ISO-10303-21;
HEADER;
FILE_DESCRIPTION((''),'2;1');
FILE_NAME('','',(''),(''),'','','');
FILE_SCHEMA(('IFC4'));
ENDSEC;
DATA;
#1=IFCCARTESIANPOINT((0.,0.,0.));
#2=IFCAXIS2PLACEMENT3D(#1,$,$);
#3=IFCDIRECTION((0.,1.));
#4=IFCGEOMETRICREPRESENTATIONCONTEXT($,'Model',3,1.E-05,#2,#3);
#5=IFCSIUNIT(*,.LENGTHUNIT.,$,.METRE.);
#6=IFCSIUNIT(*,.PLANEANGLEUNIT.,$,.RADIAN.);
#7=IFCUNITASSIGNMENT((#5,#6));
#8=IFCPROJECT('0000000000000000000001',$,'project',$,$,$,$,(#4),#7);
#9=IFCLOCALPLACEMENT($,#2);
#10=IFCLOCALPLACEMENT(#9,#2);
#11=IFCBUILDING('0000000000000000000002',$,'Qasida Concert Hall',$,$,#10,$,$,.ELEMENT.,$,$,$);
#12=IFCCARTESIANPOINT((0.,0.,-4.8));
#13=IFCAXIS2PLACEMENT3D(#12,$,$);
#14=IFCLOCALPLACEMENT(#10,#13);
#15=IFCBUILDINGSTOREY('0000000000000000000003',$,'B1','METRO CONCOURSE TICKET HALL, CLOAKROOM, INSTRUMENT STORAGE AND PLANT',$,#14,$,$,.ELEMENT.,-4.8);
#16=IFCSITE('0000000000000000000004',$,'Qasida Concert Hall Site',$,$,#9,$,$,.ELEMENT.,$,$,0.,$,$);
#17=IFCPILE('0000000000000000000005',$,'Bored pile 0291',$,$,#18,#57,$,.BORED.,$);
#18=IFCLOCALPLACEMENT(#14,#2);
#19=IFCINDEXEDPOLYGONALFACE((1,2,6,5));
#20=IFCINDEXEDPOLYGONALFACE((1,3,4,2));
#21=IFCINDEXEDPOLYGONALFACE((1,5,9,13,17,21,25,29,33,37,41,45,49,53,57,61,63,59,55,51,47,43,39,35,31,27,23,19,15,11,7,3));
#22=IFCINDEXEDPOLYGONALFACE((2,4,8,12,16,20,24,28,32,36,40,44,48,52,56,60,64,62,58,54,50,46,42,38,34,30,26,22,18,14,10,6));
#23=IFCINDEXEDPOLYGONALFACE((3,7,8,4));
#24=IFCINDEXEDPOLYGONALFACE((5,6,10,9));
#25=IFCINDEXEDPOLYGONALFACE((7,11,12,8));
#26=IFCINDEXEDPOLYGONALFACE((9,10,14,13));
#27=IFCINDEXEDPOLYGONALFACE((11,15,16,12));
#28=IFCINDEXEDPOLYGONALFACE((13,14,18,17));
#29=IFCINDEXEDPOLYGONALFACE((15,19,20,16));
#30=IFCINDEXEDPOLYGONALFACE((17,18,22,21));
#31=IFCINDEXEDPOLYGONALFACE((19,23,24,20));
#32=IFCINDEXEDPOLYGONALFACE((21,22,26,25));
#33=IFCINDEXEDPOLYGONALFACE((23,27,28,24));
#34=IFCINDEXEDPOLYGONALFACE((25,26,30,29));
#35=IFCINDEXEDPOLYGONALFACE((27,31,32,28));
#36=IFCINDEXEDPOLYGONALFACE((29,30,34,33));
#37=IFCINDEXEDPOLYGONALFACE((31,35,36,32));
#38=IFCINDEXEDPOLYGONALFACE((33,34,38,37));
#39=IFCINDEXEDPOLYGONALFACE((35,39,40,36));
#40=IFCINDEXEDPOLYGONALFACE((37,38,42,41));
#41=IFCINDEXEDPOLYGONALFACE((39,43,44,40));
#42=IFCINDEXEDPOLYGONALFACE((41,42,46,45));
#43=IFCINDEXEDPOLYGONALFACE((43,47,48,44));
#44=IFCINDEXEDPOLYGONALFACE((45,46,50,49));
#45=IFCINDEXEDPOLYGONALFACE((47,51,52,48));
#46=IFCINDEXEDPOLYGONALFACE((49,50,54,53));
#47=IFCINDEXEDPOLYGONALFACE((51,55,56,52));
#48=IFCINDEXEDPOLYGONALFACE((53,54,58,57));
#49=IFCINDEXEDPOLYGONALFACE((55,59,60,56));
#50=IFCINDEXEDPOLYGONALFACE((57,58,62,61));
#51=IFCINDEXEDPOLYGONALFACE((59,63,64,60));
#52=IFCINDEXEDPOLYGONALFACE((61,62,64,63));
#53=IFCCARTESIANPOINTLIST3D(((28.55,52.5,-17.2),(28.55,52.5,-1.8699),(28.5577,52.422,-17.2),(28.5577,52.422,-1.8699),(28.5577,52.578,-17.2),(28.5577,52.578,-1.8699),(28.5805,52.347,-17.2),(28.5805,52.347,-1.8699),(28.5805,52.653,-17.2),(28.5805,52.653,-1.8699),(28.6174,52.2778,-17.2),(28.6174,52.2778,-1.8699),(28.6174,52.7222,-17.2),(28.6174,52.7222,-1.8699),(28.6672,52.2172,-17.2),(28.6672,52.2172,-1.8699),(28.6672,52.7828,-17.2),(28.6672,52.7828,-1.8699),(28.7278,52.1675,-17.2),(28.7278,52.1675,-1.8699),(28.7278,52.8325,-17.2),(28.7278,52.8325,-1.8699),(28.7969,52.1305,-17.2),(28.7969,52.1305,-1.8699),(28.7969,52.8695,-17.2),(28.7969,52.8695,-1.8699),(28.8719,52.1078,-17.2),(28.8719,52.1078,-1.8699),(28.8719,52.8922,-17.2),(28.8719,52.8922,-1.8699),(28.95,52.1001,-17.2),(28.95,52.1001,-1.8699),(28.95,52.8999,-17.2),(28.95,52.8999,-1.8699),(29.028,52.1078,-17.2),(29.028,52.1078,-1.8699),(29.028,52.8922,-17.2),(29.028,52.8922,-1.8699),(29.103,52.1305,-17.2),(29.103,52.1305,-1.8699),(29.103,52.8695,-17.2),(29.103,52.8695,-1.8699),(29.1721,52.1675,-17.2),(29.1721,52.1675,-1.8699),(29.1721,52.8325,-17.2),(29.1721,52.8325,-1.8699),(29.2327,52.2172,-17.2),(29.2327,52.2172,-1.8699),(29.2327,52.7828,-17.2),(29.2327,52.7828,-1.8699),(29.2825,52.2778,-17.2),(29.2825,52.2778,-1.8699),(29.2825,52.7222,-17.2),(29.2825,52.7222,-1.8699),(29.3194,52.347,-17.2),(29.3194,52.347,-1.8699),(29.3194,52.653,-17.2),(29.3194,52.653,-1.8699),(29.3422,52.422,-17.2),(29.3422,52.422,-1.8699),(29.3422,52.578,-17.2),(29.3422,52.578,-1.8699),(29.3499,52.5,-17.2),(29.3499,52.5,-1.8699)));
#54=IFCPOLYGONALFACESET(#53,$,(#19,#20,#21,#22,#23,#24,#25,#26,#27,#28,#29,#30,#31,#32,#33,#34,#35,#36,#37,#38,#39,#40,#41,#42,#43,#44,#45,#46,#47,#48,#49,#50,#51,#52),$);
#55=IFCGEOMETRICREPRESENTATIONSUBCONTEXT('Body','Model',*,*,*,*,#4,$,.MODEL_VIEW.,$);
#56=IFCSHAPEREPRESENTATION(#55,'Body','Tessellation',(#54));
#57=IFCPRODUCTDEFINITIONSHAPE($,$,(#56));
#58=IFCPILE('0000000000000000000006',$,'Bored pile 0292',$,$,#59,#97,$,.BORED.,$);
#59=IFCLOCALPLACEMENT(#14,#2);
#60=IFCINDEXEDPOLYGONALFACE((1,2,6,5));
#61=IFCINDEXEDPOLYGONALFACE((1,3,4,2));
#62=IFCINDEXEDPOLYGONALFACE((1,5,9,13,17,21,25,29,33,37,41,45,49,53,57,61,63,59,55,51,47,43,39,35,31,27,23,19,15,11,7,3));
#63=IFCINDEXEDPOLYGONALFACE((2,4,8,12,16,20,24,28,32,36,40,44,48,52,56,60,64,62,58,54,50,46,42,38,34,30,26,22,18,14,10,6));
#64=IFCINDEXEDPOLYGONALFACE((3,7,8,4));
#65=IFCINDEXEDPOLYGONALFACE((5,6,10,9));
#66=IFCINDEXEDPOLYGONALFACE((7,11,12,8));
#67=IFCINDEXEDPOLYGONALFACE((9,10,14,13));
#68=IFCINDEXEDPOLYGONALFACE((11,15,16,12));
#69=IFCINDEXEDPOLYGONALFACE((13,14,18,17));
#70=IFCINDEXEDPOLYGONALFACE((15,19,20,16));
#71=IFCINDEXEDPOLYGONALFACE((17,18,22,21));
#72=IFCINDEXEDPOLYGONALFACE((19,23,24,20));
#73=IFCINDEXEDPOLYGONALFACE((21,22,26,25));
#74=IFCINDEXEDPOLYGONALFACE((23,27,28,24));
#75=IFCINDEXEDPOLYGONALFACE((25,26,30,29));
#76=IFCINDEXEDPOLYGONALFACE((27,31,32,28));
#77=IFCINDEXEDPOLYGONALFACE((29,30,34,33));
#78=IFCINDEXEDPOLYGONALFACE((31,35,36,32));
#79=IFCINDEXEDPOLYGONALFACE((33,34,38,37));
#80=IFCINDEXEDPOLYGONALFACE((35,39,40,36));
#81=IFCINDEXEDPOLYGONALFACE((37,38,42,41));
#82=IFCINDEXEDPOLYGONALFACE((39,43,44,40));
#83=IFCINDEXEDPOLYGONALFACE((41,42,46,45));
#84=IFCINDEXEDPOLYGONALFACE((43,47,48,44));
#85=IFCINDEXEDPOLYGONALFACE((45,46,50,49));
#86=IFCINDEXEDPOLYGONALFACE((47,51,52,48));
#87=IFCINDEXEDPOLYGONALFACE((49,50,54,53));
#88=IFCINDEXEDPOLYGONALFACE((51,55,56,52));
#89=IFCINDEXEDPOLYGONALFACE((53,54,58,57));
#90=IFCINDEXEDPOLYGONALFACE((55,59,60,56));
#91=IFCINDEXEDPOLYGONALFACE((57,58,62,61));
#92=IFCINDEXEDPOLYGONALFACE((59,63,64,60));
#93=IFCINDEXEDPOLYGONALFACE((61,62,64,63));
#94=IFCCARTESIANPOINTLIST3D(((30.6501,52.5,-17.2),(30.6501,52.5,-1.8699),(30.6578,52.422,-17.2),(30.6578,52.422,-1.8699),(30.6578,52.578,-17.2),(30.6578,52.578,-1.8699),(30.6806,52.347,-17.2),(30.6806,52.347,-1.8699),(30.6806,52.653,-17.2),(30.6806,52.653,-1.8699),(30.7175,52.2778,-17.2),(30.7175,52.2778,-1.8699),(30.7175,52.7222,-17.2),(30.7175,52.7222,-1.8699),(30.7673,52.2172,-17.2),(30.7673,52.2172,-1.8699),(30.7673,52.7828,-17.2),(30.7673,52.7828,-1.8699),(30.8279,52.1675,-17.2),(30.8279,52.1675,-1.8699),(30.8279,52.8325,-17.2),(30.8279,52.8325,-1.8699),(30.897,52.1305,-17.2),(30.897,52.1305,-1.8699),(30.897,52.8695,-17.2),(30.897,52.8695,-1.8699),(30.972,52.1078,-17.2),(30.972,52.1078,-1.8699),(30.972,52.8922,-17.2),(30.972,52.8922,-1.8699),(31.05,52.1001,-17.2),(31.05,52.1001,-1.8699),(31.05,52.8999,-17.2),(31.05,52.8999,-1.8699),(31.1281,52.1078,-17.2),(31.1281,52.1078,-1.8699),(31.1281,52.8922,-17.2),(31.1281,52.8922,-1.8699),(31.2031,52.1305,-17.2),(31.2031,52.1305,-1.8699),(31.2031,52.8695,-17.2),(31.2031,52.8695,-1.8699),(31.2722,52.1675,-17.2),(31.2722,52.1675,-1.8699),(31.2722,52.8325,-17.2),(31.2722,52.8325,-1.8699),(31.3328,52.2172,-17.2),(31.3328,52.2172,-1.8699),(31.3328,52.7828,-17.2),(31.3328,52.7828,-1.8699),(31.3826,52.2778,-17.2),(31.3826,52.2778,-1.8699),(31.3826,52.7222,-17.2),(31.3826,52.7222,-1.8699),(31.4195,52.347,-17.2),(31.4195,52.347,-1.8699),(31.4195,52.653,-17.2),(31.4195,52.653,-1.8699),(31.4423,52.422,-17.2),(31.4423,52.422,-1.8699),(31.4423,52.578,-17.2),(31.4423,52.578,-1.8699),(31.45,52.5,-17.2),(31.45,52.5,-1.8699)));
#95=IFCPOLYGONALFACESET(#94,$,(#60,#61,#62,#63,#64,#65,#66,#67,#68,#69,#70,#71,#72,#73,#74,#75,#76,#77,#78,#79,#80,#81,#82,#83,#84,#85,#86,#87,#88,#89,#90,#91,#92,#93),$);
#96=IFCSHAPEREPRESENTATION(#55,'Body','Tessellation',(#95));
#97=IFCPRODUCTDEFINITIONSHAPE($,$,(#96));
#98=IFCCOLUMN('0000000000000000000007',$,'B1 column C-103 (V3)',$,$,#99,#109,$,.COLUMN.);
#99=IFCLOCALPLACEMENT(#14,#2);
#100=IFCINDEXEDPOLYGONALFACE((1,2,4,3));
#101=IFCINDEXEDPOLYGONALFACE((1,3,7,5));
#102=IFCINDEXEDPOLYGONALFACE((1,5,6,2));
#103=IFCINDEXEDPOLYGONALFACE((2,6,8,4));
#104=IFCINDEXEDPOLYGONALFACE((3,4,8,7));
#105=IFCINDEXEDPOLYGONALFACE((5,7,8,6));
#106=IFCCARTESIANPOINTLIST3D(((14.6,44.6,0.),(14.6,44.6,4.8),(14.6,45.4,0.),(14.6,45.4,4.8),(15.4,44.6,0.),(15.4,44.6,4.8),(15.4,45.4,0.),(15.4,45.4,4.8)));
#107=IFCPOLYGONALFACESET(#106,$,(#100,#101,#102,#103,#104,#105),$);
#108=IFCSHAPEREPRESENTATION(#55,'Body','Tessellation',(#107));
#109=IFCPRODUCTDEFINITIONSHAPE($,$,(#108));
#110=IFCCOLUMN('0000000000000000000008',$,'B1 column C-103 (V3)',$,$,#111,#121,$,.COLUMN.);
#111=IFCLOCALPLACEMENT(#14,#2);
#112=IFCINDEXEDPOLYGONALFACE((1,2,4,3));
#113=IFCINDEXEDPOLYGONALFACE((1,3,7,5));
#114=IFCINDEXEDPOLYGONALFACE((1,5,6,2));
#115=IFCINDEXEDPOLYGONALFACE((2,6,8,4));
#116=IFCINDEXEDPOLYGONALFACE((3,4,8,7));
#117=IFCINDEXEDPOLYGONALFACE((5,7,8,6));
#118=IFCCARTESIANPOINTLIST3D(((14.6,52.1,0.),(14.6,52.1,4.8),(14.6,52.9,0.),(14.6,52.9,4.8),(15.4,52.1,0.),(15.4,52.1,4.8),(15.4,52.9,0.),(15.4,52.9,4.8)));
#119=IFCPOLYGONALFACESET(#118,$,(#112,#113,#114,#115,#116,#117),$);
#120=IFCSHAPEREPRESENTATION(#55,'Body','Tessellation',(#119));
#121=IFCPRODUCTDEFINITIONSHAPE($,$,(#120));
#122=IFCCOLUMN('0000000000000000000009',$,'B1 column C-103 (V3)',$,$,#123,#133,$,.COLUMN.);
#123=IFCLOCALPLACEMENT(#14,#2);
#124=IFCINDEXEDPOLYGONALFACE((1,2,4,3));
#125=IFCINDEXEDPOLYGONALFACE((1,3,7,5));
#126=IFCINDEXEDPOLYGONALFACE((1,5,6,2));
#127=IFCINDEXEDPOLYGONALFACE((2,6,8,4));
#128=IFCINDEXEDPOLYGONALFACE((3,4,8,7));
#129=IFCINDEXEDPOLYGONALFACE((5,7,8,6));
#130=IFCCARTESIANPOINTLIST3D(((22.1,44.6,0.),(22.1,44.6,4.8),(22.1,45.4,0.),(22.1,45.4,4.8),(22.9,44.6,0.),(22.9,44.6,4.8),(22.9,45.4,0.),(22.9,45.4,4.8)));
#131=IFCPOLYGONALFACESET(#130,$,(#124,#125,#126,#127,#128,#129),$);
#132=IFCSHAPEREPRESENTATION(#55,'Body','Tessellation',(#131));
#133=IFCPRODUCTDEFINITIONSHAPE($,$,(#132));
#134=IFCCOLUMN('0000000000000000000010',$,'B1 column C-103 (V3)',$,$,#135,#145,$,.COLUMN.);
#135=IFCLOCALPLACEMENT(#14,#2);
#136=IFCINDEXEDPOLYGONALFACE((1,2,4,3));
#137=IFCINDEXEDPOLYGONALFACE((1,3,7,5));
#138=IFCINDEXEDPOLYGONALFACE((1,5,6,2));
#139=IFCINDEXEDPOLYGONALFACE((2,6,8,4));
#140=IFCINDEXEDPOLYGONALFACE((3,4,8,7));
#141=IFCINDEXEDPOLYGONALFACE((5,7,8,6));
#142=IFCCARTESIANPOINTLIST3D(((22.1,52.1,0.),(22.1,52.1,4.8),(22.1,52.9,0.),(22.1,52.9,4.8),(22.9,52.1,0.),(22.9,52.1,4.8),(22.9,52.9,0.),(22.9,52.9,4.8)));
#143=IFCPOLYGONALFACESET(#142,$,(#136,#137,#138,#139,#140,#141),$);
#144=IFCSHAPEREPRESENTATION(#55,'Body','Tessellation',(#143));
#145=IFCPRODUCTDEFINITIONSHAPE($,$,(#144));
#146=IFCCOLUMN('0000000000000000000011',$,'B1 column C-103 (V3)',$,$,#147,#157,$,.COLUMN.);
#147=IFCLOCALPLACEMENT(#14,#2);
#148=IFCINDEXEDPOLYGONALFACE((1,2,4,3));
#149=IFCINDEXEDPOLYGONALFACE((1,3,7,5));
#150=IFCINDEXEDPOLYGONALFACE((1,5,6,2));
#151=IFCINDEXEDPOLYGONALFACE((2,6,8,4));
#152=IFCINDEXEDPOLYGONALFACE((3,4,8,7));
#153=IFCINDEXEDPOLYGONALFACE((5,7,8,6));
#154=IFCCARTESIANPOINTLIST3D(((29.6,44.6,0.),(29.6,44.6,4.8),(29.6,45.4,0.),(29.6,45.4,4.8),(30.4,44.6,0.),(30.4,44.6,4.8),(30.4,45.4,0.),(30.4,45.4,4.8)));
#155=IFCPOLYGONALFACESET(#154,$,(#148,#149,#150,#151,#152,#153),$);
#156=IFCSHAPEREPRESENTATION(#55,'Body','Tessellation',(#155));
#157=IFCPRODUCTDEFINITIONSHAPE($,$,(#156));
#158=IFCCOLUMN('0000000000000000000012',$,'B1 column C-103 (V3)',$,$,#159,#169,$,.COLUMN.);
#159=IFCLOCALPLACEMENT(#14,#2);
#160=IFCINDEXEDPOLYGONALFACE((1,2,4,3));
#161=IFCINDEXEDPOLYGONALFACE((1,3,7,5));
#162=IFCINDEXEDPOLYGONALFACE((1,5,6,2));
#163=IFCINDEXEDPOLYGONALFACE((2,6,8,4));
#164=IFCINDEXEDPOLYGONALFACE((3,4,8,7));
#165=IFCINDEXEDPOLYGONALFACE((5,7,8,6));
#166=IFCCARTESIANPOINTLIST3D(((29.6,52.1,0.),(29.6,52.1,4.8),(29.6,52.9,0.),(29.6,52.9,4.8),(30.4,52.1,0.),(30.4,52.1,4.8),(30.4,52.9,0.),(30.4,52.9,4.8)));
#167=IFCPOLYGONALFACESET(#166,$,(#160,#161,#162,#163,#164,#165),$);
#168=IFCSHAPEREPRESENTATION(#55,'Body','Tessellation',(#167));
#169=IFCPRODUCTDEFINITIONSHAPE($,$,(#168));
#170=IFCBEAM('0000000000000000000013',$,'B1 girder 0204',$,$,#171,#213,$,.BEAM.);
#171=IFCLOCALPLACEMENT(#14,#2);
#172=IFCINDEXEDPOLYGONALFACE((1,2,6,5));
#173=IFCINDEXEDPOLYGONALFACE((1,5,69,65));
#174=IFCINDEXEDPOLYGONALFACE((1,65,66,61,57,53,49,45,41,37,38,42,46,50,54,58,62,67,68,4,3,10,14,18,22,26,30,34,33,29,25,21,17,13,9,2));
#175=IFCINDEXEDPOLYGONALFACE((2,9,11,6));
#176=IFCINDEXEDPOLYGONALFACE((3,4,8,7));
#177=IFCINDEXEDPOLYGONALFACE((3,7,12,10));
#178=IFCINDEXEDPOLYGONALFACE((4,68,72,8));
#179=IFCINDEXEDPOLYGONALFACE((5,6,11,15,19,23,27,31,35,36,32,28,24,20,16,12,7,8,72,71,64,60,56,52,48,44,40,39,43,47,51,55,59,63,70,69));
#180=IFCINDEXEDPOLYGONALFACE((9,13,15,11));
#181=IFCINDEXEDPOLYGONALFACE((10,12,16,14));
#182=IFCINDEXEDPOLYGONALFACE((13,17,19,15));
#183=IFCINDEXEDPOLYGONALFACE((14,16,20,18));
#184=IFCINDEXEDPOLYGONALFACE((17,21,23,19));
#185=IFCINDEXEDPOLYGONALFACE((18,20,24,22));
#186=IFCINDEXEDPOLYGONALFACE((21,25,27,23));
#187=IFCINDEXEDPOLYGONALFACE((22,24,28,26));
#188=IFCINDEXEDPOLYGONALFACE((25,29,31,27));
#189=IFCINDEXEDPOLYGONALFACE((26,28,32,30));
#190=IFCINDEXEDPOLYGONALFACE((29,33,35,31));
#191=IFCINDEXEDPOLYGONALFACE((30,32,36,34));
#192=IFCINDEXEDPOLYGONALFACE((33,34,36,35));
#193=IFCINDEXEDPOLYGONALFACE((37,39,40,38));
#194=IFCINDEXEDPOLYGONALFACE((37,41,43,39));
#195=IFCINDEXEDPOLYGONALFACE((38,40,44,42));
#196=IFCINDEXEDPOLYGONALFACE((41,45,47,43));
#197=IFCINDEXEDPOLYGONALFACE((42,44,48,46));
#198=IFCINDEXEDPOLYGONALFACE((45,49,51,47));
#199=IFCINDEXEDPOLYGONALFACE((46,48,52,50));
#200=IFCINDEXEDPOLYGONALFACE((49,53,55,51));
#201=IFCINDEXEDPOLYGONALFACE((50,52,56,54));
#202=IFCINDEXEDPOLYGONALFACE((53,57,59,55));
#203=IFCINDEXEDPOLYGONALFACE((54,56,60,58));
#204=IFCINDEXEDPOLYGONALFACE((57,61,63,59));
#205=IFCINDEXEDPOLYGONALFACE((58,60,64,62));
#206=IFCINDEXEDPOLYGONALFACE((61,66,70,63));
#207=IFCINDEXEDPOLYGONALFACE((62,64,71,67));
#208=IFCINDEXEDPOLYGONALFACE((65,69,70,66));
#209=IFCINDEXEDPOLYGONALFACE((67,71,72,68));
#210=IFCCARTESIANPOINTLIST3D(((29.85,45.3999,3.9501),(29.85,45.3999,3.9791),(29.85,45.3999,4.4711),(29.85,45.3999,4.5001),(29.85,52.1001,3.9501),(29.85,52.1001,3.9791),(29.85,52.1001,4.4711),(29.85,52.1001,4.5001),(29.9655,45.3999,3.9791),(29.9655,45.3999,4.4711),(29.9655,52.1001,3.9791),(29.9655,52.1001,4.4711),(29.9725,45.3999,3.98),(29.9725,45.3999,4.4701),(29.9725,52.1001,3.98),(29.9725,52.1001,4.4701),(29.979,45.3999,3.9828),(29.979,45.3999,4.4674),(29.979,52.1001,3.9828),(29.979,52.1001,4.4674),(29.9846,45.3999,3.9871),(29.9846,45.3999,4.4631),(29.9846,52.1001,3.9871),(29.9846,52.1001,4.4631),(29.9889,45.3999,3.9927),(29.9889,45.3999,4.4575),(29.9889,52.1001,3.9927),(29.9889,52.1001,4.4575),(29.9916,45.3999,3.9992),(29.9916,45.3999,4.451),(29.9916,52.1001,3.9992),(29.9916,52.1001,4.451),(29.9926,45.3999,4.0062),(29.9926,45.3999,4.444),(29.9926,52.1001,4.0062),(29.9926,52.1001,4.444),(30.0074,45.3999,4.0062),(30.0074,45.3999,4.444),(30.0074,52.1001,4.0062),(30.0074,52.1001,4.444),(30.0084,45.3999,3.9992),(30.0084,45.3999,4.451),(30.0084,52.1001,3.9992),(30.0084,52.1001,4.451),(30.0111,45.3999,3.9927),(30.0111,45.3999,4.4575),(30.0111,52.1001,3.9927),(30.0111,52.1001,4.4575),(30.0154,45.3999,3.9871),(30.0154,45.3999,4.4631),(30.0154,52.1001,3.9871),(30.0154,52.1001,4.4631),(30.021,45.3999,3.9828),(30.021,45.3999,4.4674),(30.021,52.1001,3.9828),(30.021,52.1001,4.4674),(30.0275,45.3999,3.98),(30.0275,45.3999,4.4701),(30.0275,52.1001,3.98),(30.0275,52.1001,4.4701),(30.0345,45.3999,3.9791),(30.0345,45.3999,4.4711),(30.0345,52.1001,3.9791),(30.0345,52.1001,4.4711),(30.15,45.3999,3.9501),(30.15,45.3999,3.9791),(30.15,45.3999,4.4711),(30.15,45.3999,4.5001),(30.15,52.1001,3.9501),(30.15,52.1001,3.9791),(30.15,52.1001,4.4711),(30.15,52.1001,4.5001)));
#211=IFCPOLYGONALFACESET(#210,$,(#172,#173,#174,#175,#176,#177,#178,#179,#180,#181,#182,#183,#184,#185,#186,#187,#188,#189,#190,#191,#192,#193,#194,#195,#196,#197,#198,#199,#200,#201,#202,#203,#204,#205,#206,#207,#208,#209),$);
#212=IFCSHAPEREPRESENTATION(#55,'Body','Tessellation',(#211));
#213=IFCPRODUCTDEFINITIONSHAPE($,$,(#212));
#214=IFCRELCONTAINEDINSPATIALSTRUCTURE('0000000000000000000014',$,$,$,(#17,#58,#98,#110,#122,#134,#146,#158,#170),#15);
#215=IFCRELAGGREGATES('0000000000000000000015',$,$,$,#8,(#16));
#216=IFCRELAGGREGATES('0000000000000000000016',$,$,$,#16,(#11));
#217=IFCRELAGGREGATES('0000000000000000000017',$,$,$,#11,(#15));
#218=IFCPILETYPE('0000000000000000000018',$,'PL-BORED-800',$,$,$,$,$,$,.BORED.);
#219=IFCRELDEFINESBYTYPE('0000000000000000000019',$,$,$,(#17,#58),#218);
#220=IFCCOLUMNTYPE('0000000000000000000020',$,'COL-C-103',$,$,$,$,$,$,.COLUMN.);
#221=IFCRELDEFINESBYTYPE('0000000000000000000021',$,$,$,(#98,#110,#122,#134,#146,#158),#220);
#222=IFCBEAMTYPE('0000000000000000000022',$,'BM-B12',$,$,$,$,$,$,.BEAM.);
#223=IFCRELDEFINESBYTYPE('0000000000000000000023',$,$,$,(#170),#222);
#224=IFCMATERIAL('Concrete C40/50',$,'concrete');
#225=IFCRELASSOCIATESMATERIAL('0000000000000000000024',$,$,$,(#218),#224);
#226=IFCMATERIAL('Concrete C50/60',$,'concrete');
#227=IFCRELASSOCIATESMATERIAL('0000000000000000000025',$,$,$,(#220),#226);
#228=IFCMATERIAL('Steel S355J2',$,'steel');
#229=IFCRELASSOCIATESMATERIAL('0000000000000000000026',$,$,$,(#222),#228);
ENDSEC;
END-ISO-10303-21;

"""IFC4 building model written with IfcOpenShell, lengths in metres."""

from ifc_helpers import new_model, si_unit, direction, frame, origin, origin_2d, place, context, subcontext, project, spatial, rectangle, circle, i_section, extrude, material, material_profile, profile_set, type_object, element, save


model = new_model("IFC4")

# Units and contexts
model_context = context("Model", 3, precision=1e-05, world=origin(), true_north=direction((0.0, 1.0)))
body_context = subcontext(model_context, "Body", "Model", "MODEL_VIEW")
ifc_project = project(units=[si_unit("LENGTHUNIT", "METRE"), si_unit("PLANEANGLEUNIT", "RADIAN")], contexts=[model_context])

# Site, building, storey
site_placement = place(None, origin())
site = spatial("IfcSite", under=ifc_project, at=site_placement, Name="Qasida Concert Hall Site", CompositionType="ELEMENT", RefElevation=0.0)
building_placement = place(site_placement, origin())
building = spatial("IfcBuilding", under=site, at=building_placement, Name="Qasida Concert Hall", CompositionType="ELEMENT")
storey_placement = place(building_placement, frame((0.0, 0.0, -4.8)))
storey = spatial("IfcBuildingStorey", under=building, at=storey_placement, Name="B1", Description="METRO CONCOURSE TICKET HALL, CLOAKROOM, INSTRUMENT STORAGE AND PLANT", CompositionType="ELEMENT", Elevation=-4.8)

# Shared definitions
ifc_material_1 = material(Name="Concrete C40/50", Category="concrete")

# Piles
ifc_material_profile_1 = material_profile(ifc_material_1, circle(Radius=0.3999, at=origin_2d()), Name="BORED PILE D800")
ifc_profile_set_1 = profile_set([ifc_material_profile_1], Name="Concrete C40/50")
pile_type = type_object("IfcPileType", Name="PL-BORED-800", PredefinedType="BORED", material=ifc_profile_set_1)
for number, where, z_axis, x_axis, name in (
    (1, (28.95, 52.5, -1.8699), (0.0, 0.0, -1.0), (1.0, 0.0, 0.0), "Bored pile 0291"),
    (2, (31.05, 52.5, -1.8699), (0.0, 0.0, -1.0), (1.0, 0.0, 0.0), "Bored pile 0292"),
):
    element("IfcPile", number, at=place(storey_placement, frame(where, z_axis=z_axis, x_axis=x_axis)), inside=storey, type_object=pile_type, Name=name, PredefinedType="BORED", context=body_context, shape_type="SweptSolid", body=[
        extrude(circle(Radius=0.3999, at=origin_2d()), origin(), (0.0, 0.0, 1.0), 15.3301),
    ])

# Columns
ifc_material_2 = material(Name="Concrete C50/60", Category="concrete")
ifc_material_profile_2 = material_profile(ifc_material_2, rectangle(XDim=0.8, YDim=0.8, at=origin_2d()), Name="RC 800x800")
ifc_profile_set_2 = profile_set([ifc_material_profile_2], Name="Concrete C50/60")
column_type = type_object("IfcColumnType", Name="COL-C-103", PredefinedType="COLUMN", material=ifc_profile_set_2)
for number, where, z_axis, x_axis, name in (
    (3, (15.0, 45.0, 0.0), (0.0, 0.0, 1.0), (1.0, 0.0, 0.0), "B1 column C-103 (V3)"),
    (4, (15.0, 52.5, 0.0), (0.0, 0.0, 1.0), (1.0, 0.0, 0.0), "B1 column C-103 (V3)"),
    (5, (22.5, 45.0, 0.0), (0.0, 0.0, 1.0), (1.0, 0.0, 0.0), "B1 column C-103 (V3)"),
    (6, (22.5, 52.5, 0.0), (0.0, 0.0, 1.0), (1.0, 0.0, 0.0), "B1 column C-103 (V3)"),
    (7, (30.0, 45.0, 0.0), (0.0, 0.0, 1.0), (1.0, 0.0, 0.0), "B1 column C-103 (V3)"),
    (8, (30.0, 52.5, 0.0), (0.0, 0.0, 1.0), (1.0, 0.0, 0.0), "B1 column C-103 (V3)"),
):
    element("IfcColumn", number, at=place(storey_placement, frame(where, z_axis=z_axis, x_axis=x_axis)), inside=storey, type_object=column_type, Name=name, PredefinedType="COLUMN", context=body_context, shape_type="SweptSolid", body=[
        extrude(rectangle(XDim=0.8, YDim=0.8, at=origin_2d()), origin(), (0.0, 0.0, 1.0), 4.8),
    ])

# Beam
ifc_material_3 = material(Name="Steel S355J2", Category="steel")
ifc_material_profile_3 = material_profile(ifc_material_3, i_section(OverallWidth=0.3, OverallDepth=0.55, WebThickness=0.0149, FlangeThickness=0.0291, FilletRadius=0.0271, at=origin_2d()), Name="HEB 550")
ifc_profile_set_3 = profile_set([ifc_material_profile_3], Name="Steel S355J2")
beam_type_1 = type_object("IfcBeamType", Name="BM-B12", PredefinedType="BEAM", material=ifc_profile_set_3)
beam_1_placement = place(storey_placement, frame((30.0, 45.3999, 4.2251), z_axis=(0.0, 1.0, 0.0), x_axis=(-1.0, 0.0, 0.0)))
element("IfcBeam", 9, at=beam_1_placement, inside=storey, type_object=beam_type_1, Name="B1 girder 0204", PredefinedType="BEAM", context=body_context, shape_type="SweptSolid", body=[
    extrude(i_section(OverallWidth=0.3, OverallDepth=0.55, WebThickness=0.0149, FlangeThickness=0.0291, FilletRadius=0.0271, at=origin_2d()), origin(), (0.0, 0.0, 1.0), 6.7002),
])

save(model, "model.ifc")
